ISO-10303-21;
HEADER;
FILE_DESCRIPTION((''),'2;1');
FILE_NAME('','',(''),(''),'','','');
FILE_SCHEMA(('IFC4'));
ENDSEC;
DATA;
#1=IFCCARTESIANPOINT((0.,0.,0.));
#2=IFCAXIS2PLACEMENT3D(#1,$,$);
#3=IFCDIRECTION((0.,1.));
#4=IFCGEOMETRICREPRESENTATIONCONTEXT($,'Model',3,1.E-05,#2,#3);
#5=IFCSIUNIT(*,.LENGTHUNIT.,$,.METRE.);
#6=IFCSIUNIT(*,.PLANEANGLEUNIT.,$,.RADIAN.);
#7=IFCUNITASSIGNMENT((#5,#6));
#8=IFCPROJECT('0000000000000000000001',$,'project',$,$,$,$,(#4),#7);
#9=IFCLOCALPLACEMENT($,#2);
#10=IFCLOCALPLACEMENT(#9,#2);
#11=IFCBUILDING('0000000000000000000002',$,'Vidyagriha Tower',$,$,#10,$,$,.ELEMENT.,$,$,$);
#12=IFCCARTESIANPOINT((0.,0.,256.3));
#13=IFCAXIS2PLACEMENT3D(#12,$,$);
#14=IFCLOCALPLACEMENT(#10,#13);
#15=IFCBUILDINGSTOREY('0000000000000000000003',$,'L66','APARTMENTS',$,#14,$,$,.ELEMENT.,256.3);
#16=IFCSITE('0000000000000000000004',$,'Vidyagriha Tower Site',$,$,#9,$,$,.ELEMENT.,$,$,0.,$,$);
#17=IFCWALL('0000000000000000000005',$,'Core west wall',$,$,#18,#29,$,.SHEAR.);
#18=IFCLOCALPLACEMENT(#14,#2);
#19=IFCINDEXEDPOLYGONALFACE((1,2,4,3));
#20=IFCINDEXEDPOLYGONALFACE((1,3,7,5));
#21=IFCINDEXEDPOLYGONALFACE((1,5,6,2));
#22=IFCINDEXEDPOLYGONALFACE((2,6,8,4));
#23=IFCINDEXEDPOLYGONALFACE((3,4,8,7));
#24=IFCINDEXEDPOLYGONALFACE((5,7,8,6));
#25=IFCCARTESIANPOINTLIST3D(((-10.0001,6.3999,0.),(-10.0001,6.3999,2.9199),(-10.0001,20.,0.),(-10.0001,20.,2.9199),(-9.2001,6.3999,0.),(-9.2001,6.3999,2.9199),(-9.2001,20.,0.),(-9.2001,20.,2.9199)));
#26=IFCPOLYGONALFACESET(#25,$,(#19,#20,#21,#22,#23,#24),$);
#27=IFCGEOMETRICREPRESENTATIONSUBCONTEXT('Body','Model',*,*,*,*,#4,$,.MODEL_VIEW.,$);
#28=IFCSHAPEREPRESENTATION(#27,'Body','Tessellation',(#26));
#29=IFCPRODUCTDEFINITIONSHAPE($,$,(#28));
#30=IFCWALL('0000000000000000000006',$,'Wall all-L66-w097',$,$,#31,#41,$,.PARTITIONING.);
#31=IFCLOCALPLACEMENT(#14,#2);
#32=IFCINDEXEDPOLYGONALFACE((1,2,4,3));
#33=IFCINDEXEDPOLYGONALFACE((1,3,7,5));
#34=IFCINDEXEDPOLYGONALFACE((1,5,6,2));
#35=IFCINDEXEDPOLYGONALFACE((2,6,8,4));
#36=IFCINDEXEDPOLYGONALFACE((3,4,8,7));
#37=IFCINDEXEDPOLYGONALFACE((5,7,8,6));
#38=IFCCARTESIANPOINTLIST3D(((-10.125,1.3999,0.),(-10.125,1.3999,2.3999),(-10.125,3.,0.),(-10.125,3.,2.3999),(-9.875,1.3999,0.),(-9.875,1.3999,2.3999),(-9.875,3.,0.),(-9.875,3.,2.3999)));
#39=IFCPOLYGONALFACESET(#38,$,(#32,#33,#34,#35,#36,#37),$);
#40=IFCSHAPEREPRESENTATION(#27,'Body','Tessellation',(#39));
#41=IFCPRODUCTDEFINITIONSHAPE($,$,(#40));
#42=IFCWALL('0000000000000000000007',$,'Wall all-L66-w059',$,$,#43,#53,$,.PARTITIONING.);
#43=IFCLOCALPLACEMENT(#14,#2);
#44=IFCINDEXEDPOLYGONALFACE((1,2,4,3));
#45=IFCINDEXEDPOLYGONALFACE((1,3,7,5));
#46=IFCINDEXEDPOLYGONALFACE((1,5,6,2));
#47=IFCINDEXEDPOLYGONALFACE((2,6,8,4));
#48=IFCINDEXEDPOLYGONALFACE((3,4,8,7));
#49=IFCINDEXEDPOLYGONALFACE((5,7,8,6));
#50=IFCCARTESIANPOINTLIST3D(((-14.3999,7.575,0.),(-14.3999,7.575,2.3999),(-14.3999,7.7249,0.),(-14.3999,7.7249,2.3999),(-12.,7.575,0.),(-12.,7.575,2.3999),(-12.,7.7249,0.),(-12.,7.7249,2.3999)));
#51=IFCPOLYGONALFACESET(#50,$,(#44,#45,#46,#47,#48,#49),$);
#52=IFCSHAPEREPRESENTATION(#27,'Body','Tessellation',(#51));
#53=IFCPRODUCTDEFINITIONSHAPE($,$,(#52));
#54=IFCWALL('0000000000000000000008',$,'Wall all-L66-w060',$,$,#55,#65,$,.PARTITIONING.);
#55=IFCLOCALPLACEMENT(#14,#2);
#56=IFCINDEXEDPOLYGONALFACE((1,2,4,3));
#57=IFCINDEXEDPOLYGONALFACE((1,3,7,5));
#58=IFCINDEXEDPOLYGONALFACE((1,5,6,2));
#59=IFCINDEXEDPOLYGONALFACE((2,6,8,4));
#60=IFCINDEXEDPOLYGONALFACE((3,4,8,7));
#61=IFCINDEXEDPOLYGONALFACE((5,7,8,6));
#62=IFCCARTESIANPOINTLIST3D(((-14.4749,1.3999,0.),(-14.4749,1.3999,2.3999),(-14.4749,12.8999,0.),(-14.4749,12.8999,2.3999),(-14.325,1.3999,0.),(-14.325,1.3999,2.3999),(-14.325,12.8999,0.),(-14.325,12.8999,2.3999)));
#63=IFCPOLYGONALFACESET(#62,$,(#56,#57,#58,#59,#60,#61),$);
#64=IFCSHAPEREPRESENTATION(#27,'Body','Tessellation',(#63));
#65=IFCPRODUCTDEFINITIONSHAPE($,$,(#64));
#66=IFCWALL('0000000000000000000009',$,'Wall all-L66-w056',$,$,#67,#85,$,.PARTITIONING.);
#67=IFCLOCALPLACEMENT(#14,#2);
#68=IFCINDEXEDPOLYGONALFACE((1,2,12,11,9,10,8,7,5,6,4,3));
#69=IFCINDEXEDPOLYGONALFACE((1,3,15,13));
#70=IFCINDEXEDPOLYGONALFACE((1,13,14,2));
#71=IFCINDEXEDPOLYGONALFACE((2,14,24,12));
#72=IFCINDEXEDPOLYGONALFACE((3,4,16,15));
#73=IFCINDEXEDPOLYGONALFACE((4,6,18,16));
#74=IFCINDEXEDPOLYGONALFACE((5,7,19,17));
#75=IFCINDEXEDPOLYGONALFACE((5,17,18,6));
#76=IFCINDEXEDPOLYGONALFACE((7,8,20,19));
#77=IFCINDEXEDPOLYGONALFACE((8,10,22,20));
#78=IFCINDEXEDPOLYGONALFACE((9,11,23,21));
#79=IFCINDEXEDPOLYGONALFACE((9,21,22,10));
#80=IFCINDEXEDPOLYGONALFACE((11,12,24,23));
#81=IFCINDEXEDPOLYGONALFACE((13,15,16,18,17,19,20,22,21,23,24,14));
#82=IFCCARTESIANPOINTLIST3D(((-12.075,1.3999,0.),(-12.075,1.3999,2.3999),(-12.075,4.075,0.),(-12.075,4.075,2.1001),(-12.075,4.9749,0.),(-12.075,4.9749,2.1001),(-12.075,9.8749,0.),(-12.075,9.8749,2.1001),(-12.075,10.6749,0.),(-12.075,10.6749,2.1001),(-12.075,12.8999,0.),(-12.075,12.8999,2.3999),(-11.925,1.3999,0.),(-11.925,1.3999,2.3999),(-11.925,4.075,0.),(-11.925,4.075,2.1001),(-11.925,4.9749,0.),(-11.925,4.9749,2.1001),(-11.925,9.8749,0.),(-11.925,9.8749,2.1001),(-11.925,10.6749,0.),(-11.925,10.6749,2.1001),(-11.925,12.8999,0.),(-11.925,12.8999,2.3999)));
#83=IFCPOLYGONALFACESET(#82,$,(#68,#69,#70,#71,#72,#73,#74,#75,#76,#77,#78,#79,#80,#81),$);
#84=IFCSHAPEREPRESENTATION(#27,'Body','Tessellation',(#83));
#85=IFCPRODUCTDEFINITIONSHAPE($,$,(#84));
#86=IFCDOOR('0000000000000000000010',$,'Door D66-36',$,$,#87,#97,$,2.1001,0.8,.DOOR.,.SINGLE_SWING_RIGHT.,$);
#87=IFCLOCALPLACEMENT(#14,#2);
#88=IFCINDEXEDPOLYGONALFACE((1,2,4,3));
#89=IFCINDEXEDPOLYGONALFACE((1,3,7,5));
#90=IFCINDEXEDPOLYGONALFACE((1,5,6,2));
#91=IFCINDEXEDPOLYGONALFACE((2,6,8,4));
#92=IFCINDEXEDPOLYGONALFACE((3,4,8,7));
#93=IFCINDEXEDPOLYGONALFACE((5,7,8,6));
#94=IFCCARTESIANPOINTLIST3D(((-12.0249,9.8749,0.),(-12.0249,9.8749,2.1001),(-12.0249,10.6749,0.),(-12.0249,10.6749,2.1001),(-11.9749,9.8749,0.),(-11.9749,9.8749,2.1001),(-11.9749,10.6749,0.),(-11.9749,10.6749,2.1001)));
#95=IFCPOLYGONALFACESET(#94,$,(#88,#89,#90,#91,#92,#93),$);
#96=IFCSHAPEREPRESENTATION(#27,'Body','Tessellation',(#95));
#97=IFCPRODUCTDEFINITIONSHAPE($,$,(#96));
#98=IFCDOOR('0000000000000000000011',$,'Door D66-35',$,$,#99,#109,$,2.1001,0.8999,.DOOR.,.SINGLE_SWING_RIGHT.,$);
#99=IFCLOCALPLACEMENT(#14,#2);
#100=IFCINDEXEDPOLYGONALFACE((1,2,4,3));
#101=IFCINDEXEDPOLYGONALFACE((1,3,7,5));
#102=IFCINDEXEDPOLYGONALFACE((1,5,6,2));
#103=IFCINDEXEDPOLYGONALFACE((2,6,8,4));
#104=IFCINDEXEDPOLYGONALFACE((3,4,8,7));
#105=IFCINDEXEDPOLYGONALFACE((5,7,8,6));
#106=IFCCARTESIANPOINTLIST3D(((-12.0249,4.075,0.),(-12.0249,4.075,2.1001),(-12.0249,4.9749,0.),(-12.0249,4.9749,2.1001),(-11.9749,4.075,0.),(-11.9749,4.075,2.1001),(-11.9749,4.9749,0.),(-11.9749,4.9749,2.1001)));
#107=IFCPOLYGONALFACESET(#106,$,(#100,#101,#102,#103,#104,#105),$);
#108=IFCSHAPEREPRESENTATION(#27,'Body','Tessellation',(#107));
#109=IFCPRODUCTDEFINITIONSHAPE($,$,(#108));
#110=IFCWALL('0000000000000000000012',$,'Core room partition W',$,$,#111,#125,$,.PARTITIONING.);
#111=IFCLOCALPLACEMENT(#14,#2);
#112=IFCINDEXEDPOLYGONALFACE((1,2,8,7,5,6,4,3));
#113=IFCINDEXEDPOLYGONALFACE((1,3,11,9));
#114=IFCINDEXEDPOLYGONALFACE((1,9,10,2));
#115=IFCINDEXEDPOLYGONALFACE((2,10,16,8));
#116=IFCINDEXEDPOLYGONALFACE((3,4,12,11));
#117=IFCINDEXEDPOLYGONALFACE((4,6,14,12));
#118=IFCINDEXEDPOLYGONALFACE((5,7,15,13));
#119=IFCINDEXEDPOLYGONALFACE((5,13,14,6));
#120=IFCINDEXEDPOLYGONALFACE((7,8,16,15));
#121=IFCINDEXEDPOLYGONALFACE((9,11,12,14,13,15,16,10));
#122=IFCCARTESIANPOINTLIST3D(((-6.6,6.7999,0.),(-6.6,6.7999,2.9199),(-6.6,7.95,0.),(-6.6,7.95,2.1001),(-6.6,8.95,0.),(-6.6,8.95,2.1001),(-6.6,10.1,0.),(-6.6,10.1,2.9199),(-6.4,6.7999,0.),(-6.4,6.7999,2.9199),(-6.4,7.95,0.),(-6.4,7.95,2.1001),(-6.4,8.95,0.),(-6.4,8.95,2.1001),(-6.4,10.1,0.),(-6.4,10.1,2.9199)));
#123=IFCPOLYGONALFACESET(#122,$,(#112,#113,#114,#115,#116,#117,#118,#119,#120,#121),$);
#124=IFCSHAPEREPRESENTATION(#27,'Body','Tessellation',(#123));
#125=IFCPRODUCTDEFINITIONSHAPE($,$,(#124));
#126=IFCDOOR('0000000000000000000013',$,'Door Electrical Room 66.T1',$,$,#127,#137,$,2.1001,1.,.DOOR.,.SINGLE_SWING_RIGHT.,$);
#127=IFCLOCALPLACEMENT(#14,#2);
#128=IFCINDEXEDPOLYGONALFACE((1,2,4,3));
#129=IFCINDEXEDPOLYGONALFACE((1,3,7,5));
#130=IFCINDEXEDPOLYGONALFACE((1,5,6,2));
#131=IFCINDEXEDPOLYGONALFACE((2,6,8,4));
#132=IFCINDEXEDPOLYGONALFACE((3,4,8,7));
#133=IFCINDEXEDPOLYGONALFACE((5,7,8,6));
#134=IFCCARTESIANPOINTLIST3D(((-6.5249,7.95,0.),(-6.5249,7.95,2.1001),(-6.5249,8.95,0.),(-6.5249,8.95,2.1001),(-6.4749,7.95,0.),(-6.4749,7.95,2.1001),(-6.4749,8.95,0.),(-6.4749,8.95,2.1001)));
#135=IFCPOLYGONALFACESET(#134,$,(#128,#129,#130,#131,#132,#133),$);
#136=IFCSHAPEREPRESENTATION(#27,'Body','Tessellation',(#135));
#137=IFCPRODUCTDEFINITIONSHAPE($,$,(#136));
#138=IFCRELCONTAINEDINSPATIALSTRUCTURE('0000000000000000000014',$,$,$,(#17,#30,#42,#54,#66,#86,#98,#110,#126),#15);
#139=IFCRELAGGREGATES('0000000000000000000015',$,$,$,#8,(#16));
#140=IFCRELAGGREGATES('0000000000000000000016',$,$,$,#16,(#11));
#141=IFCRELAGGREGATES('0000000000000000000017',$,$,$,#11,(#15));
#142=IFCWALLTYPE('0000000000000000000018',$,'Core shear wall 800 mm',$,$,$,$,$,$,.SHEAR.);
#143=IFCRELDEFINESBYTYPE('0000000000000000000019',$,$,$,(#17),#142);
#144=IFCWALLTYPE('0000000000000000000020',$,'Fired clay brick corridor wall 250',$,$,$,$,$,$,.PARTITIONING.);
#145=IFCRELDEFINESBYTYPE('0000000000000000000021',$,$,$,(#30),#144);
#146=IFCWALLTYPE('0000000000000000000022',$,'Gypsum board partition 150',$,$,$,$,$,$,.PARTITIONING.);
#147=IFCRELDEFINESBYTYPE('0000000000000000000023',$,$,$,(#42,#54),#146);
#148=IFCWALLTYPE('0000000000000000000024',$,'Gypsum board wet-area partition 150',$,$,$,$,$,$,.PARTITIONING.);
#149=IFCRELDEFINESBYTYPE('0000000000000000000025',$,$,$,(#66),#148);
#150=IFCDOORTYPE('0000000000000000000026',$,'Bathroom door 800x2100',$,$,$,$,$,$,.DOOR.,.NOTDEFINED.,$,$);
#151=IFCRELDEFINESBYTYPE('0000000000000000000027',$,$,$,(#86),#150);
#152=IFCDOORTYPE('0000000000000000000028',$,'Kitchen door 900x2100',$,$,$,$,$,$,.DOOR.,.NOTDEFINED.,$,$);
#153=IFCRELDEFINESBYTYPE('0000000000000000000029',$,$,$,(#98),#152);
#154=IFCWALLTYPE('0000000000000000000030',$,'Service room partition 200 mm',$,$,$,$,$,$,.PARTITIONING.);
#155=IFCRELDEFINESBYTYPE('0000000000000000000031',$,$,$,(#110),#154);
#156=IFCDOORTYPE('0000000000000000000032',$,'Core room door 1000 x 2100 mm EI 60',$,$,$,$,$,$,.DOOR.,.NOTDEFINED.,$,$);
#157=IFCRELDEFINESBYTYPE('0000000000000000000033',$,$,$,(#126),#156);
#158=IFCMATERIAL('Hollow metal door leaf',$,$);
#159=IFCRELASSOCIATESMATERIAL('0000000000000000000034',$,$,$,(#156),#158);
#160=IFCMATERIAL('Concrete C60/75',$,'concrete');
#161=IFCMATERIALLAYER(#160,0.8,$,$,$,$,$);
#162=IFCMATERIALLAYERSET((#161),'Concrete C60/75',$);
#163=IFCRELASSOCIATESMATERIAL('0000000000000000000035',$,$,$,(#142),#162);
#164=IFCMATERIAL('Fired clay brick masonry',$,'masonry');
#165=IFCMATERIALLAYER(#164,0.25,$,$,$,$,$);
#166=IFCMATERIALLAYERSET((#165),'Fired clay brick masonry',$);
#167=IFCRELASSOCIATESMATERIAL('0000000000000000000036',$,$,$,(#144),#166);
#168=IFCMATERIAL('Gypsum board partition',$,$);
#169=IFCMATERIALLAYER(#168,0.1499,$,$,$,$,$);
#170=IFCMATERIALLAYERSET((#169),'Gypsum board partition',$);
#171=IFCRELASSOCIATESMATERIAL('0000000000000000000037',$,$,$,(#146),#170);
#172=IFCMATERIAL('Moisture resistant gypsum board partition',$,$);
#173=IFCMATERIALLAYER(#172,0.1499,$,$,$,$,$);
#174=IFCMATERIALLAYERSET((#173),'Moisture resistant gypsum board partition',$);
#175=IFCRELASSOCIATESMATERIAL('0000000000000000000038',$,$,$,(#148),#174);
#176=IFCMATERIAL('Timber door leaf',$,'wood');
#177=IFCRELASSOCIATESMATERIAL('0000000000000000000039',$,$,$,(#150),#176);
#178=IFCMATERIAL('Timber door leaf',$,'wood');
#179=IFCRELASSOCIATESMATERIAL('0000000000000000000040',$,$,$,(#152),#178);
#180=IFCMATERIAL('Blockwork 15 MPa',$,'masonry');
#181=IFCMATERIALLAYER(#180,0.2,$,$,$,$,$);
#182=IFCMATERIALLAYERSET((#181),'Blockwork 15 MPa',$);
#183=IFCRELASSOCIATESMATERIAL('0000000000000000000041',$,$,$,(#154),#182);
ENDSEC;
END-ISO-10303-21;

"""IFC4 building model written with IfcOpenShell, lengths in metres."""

from ifc_helpers import new_model, si_unit, direction, frame, frame_2d, origin, place, context, subcontext, project, spatial, rectangle, extrude, material, layer, layer_set, type_object, element, fill, save


model = new_model("IFC4")

# Units and contexts
model_context = context("Model", 3, precision=1e-05, world=origin(), true_north=direction((0.0, 1.0)))
body_context = subcontext(model_context, "Body", "Model", "MODEL_VIEW")
ifc_project = project(units=[si_unit("LENGTHUNIT", "METRE"), si_unit("PLANEANGLEUNIT", "RADIAN")], contexts=[model_context])

# Site, building, storey
site_placement = place(None, origin())
site = spatial("IfcSite", under=ifc_project, at=site_placement, Name="Vidyagriha Tower Site", CompositionType="ELEMENT", RefElevation=0.0)
building_placement = place(site_placement, origin())
building = spatial("IfcBuilding", under=site, at=building_placement, Name="Vidyagriha Tower", CompositionType="ELEMENT")
storey_placement = place(building_placement, frame((0.0, 0.0, 256.3)))
storey = spatial("IfcBuildingStorey", under=building, at=storey_placement, Name="L66", Description="APARTMENTS", CompositionType="ELEMENT", Elevation=256.3)

# Shared definitions
ifc_material_1 = material(Name="Hollow metal door leaf")
door_type_1 = type_object("IfcDoorType", Name="Core room door 1000 x 2100 mm EI 60", OperationType="NOTDEFINED", PredefinedType="DOOR", material=ifc_material_1)

# Walls
ifc_material_2 = material(Name="Concrete C60/75", Category="concrete")
ifc_layer_1 = layer(ifc_material_2, 0.8)
ifc_layer_set_1 = layer_set([ifc_layer_1], Name="Concrete C60/75")
wall_type_1 = type_object("IfcWallType", Name="Core shear wall 800 mm", PredefinedType="SHEAR", material=ifc_layer_set_1)
wall_1_placement = place(storey_placement, frame((-9.6001, 6.3999, 0.0), z_axis=(0.0, 0.0, 1.0), x_axis=(0.0, 1.0, 0.0)))
element("IfcWall", 1, at=wall_1_placement, inside=storey, type_object=wall_type_1, Name="Core west wall", PredefinedType="SHEAR", context=body_context, shape_type="SweptSolid", body=[
    extrude(rectangle(XDim=13.6001, YDim=0.8, at=frame_2d((6.8, 0.0))), origin(), (0.0, 0.0, 1.0), 2.9199),
])
ifc_material_3 = material(Name="Fired clay brick masonry", Category="masonry")
ifc_layer_2 = layer(ifc_material_3, 0.25)
ifc_layer_set_2 = layer_set([ifc_layer_2], Name="Fired clay brick masonry")
wall_type_2 = type_object("IfcWallType", Name="Fired clay brick corridor wall 250", PredefinedType="PARTITIONING", material=ifc_layer_set_2)
wall_2_placement = place(storey_placement, frame((-10.0, 3.0, 0.0), z_axis=(0.0, 0.0, 1.0), x_axis=(0.0, -1.0, 0.0)))
element("IfcWall", 2, at=wall_2_placement, inside=storey, type_object=wall_type_2, Name="Wall all-L66-w097", PredefinedType="PARTITIONING", context=body_context, shape_type="SweptSolid", body=[
    extrude(rectangle(XDim=1.6001, YDim=0.25, at=frame_2d((0.8, 0.0))), origin(), (0.0, 0.0, 1.0), 2.3999),
])
ifc_material_4 = material(Name="Gypsum board partition")
ifc_layer_3 = layer(ifc_material_4, 0.1499)
ifc_layer_set_3 = layer_set([ifc_layer_3], Name="Gypsum board partition")
wall_type_3 = type_object("IfcWallType", Name="Gypsum board partition 150", PredefinedType="PARTITIONING", material=ifc_layer_set_3)
wall_3_placement = place(storey_placement, frame((-14.3999, 7.6499, 0.0)))
element("IfcWall", 3, at=wall_3_placement, inside=storey, type_object=wall_type_3, Name="Wall all-L66-w059", PredefinedType="PARTITIONING", context=body_context, shape_type="SweptSolid", body=[
    extrude(rectangle(XDim=2.3999, YDim=0.1499, at=frame_2d((1.2, 0.0))), origin(), (0.0, 0.0, 1.0), 2.3999),
])
wall_4_placement = place(storey_placement, frame((-14.3999, 1.3999, 0.0), z_axis=(0.0, 0.0, 1.0), x_axis=(0.0, 1.0, 0.0)))
element("IfcWall", 4, at=wall_4_placement, inside=storey, type_object=wall_type_3, Name="Wall all-L66-w060", PredefinedType="PARTITIONING", context=body_context, shape_type="SweptSolid", body=[
    extrude(rectangle(XDim=11.5, YDim=0.1499, at=frame_2d((5.75, 0.0))), origin(), (0.0, 0.0, 1.0), 2.3999),
])

# Wall, openings, doors
ifc_material_5 = material(Name="Moisture resistant gypsum board partition")
ifc_layer_4 = layer(ifc_material_5, 0.1499)
ifc_layer_set_4 = layer_set([ifc_layer_4], Name="Moisture resistant gypsum board partition")
wall_type_4 = type_object("IfcWallType", Name="Gypsum board wet-area partition 150", PredefinedType="PARTITIONING", material=ifc_layer_set_4)
wall_5_placement = place(storey_placement, frame((-12.0, 1.3999, 0.0), z_axis=(0.0, 0.0, 1.0), x_axis=(0.0, 1.0, 0.0)))
wall_5 = element("IfcWall", 5, at=wall_5_placement, inside=storey, type_object=wall_type_4, Name="Wall all-L66-w056", PredefinedType="PARTITIONING", context=body_context, shape_type="SweptSolid", body=[
    extrude(rectangle(XDim=11.5, YDim=0.1499, at=frame_2d((5.75, 0.0))), origin(), (0.0, 0.0, 1.0), 2.3999),
])
opening_1_placement = place(wall_5_placement, frame((2.675, 0.0, 0.0)))
opening_1 = element("IfcOpeningElement", 6, at=opening_1_placement, cuts=wall_5, PredefinedType="OPENING", context=body_context, shape_type="SweptSolid", body=[
    extrude(rectangle(XDim=0.8999, YDim=2.1001, at=frame_2d((0.45, 1.05))), frame((0.0, 0.085, 0.0), z_axis=(0.0, -1.0, 0.0), x_axis=(1.0, 0.0, 0.0)), (0.0, 0.0, 1.0), 0.1699),
])
opening_2_placement = place(wall_5_placement, frame((8.4751, 0.0, 0.0)))
opening_2 = element("IfcOpeningElement", 7, at=opening_2_placement, cuts=wall_5, PredefinedType="OPENING", context=body_context, shape_type="SweptSolid", body=[
    extrude(rectangle(XDim=0.8, YDim=2.1001, at=frame_2d((0.3999, 1.05))), frame((0.0, 0.085, 0.0), z_axis=(0.0, -1.0, 0.0), x_axis=(1.0, 0.0, 0.0)), (0.0, 0.0, 1.0), 0.1699),
])
ifc_material_6 = material(Name="Timber door leaf", Category="wood")
door_type_2 = type_object("IfcDoorType", Name="Bathroom door 800x2100", OperationType="NOTDEFINED", PredefinedType="DOOR", material=ifc_material_6)
door_1_placement = place(opening_2_placement, origin())
door_1 = element("IfcDoor", 8, at=door_1_placement, inside=storey, type_object=door_type_2, Name="Door D66-36", OperationType="SINGLE_SWING_RIGHT", OverallHeight=2.1001, OverallWidth=0.8, PredefinedType="DOOR", context=body_context, shape_type="SweptSolid", body=[
    extrude(rectangle(XDim=0.8, YDim=2.1001, at=frame_2d((0.3999, 1.05))), frame((0.0, 0.0249, 0.0), z_axis=(0.0, -1.0, 0.0), x_axis=(1.0, 0.0, 0.0)), (0.0, 0.0, 1.0), 0.05),
])
fill(opening_2, door_1)
ifc_material_7 = material(Name="Timber door leaf", Category="wood")
door_type_3 = type_object("IfcDoorType", Name="Kitchen door 900x2100", OperationType="NOTDEFINED", PredefinedType="DOOR", material=ifc_material_7)
door_2_placement = place(opening_1_placement, origin())
door_2 = element("IfcDoor", 9, at=door_2_placement, inside=storey, type_object=door_type_3, Name="Door D66-35", OperationType="SINGLE_SWING_RIGHT", OverallHeight=2.1001, OverallWidth=0.8999, PredefinedType="DOOR", context=body_context, shape_type="SweptSolid", body=[
    extrude(rectangle(XDim=0.8999, YDim=2.1001, at=frame_2d((0.45, 1.05))), frame((0.0, 0.0249, 0.0), z_axis=(0.0, -1.0, 0.0), x_axis=(1.0, 0.0, 0.0)), (0.0, 0.0, 1.0), 0.05),
])
fill(opening_1, door_2)

# Wall, opening, door
ifc_material_8 = material(Name="Blockwork 15 MPa", Category="masonry")
ifc_layer_5 = layer(ifc_material_8, 0.2)
ifc_layer_set_5 = layer_set([ifc_layer_5], Name="Blockwork 15 MPa")
wall_type_5 = type_object("IfcWallType", Name="Service room partition 200 mm", PredefinedType="PARTITIONING", material=ifc_layer_set_5)
wall_6_placement = place(storey_placement, frame((-6.5, 6.8, 0.0), z_axis=(0.0, 0.0, 1.0), x_axis=(0.0, 1.0, 0.0)))
wall_6 = element("IfcWall", 10, at=wall_6_placement, inside=storey, type_object=wall_type_5, Name="Core room partition W", PredefinedType="PARTITIONING", context=body_context, shape_type="SweptSolid", body=[
    extrude(rectangle(XDim=3.3, YDim=0.2, at=frame_2d((1.6499, 0.0))), origin(), (0.0, 0.0, 1.0), 2.9199),
])
opening_3_placement = place(wall_6_placement, frame((1.1499, 0.0, 0.0)))
opening_3 = element("IfcOpeningElement", 11, at=opening_3_placement, cuts=wall_6, PredefinedType="OPENING", context=body_context, shape_type="SweptSolid", body=[
    extrude(rectangle(XDim=1.0, YDim=2.1001, at=frame_2d((0.5, 1.05))), frame((0.0, 0.1099, 0.0), z_axis=(0.0, -1.0, 0.0), x_axis=(1.0, 0.0, 0.0)), (0.0, 0.0, 1.0), 0.22),
])
door_3_placement = place(opening_3_placement, origin())
door_3 = element("IfcDoor", 12, at=door_3_placement, inside=storey, type_object=door_type_1, Name="Door Electrical Room 66.T1", OperationType="SINGLE_SWING_RIGHT", OverallHeight=2.1001, OverallWidth=1.0, PredefinedType="DOOR", context=body_context, shape_type="SweptSolid", body=[
    extrude(rectangle(XDim=1.0, YDim=2.1001, at=frame_2d((0.5, 1.05))), frame((0.0, 0.0249, 0.0), z_axis=(0.0, -1.0, 0.0), x_axis=(1.0, 0.0, 0.0)), (0.0, 0.0, 1.0), 0.05),
])
fill(opening_3, door_3)

save(model, "model.ifc")
